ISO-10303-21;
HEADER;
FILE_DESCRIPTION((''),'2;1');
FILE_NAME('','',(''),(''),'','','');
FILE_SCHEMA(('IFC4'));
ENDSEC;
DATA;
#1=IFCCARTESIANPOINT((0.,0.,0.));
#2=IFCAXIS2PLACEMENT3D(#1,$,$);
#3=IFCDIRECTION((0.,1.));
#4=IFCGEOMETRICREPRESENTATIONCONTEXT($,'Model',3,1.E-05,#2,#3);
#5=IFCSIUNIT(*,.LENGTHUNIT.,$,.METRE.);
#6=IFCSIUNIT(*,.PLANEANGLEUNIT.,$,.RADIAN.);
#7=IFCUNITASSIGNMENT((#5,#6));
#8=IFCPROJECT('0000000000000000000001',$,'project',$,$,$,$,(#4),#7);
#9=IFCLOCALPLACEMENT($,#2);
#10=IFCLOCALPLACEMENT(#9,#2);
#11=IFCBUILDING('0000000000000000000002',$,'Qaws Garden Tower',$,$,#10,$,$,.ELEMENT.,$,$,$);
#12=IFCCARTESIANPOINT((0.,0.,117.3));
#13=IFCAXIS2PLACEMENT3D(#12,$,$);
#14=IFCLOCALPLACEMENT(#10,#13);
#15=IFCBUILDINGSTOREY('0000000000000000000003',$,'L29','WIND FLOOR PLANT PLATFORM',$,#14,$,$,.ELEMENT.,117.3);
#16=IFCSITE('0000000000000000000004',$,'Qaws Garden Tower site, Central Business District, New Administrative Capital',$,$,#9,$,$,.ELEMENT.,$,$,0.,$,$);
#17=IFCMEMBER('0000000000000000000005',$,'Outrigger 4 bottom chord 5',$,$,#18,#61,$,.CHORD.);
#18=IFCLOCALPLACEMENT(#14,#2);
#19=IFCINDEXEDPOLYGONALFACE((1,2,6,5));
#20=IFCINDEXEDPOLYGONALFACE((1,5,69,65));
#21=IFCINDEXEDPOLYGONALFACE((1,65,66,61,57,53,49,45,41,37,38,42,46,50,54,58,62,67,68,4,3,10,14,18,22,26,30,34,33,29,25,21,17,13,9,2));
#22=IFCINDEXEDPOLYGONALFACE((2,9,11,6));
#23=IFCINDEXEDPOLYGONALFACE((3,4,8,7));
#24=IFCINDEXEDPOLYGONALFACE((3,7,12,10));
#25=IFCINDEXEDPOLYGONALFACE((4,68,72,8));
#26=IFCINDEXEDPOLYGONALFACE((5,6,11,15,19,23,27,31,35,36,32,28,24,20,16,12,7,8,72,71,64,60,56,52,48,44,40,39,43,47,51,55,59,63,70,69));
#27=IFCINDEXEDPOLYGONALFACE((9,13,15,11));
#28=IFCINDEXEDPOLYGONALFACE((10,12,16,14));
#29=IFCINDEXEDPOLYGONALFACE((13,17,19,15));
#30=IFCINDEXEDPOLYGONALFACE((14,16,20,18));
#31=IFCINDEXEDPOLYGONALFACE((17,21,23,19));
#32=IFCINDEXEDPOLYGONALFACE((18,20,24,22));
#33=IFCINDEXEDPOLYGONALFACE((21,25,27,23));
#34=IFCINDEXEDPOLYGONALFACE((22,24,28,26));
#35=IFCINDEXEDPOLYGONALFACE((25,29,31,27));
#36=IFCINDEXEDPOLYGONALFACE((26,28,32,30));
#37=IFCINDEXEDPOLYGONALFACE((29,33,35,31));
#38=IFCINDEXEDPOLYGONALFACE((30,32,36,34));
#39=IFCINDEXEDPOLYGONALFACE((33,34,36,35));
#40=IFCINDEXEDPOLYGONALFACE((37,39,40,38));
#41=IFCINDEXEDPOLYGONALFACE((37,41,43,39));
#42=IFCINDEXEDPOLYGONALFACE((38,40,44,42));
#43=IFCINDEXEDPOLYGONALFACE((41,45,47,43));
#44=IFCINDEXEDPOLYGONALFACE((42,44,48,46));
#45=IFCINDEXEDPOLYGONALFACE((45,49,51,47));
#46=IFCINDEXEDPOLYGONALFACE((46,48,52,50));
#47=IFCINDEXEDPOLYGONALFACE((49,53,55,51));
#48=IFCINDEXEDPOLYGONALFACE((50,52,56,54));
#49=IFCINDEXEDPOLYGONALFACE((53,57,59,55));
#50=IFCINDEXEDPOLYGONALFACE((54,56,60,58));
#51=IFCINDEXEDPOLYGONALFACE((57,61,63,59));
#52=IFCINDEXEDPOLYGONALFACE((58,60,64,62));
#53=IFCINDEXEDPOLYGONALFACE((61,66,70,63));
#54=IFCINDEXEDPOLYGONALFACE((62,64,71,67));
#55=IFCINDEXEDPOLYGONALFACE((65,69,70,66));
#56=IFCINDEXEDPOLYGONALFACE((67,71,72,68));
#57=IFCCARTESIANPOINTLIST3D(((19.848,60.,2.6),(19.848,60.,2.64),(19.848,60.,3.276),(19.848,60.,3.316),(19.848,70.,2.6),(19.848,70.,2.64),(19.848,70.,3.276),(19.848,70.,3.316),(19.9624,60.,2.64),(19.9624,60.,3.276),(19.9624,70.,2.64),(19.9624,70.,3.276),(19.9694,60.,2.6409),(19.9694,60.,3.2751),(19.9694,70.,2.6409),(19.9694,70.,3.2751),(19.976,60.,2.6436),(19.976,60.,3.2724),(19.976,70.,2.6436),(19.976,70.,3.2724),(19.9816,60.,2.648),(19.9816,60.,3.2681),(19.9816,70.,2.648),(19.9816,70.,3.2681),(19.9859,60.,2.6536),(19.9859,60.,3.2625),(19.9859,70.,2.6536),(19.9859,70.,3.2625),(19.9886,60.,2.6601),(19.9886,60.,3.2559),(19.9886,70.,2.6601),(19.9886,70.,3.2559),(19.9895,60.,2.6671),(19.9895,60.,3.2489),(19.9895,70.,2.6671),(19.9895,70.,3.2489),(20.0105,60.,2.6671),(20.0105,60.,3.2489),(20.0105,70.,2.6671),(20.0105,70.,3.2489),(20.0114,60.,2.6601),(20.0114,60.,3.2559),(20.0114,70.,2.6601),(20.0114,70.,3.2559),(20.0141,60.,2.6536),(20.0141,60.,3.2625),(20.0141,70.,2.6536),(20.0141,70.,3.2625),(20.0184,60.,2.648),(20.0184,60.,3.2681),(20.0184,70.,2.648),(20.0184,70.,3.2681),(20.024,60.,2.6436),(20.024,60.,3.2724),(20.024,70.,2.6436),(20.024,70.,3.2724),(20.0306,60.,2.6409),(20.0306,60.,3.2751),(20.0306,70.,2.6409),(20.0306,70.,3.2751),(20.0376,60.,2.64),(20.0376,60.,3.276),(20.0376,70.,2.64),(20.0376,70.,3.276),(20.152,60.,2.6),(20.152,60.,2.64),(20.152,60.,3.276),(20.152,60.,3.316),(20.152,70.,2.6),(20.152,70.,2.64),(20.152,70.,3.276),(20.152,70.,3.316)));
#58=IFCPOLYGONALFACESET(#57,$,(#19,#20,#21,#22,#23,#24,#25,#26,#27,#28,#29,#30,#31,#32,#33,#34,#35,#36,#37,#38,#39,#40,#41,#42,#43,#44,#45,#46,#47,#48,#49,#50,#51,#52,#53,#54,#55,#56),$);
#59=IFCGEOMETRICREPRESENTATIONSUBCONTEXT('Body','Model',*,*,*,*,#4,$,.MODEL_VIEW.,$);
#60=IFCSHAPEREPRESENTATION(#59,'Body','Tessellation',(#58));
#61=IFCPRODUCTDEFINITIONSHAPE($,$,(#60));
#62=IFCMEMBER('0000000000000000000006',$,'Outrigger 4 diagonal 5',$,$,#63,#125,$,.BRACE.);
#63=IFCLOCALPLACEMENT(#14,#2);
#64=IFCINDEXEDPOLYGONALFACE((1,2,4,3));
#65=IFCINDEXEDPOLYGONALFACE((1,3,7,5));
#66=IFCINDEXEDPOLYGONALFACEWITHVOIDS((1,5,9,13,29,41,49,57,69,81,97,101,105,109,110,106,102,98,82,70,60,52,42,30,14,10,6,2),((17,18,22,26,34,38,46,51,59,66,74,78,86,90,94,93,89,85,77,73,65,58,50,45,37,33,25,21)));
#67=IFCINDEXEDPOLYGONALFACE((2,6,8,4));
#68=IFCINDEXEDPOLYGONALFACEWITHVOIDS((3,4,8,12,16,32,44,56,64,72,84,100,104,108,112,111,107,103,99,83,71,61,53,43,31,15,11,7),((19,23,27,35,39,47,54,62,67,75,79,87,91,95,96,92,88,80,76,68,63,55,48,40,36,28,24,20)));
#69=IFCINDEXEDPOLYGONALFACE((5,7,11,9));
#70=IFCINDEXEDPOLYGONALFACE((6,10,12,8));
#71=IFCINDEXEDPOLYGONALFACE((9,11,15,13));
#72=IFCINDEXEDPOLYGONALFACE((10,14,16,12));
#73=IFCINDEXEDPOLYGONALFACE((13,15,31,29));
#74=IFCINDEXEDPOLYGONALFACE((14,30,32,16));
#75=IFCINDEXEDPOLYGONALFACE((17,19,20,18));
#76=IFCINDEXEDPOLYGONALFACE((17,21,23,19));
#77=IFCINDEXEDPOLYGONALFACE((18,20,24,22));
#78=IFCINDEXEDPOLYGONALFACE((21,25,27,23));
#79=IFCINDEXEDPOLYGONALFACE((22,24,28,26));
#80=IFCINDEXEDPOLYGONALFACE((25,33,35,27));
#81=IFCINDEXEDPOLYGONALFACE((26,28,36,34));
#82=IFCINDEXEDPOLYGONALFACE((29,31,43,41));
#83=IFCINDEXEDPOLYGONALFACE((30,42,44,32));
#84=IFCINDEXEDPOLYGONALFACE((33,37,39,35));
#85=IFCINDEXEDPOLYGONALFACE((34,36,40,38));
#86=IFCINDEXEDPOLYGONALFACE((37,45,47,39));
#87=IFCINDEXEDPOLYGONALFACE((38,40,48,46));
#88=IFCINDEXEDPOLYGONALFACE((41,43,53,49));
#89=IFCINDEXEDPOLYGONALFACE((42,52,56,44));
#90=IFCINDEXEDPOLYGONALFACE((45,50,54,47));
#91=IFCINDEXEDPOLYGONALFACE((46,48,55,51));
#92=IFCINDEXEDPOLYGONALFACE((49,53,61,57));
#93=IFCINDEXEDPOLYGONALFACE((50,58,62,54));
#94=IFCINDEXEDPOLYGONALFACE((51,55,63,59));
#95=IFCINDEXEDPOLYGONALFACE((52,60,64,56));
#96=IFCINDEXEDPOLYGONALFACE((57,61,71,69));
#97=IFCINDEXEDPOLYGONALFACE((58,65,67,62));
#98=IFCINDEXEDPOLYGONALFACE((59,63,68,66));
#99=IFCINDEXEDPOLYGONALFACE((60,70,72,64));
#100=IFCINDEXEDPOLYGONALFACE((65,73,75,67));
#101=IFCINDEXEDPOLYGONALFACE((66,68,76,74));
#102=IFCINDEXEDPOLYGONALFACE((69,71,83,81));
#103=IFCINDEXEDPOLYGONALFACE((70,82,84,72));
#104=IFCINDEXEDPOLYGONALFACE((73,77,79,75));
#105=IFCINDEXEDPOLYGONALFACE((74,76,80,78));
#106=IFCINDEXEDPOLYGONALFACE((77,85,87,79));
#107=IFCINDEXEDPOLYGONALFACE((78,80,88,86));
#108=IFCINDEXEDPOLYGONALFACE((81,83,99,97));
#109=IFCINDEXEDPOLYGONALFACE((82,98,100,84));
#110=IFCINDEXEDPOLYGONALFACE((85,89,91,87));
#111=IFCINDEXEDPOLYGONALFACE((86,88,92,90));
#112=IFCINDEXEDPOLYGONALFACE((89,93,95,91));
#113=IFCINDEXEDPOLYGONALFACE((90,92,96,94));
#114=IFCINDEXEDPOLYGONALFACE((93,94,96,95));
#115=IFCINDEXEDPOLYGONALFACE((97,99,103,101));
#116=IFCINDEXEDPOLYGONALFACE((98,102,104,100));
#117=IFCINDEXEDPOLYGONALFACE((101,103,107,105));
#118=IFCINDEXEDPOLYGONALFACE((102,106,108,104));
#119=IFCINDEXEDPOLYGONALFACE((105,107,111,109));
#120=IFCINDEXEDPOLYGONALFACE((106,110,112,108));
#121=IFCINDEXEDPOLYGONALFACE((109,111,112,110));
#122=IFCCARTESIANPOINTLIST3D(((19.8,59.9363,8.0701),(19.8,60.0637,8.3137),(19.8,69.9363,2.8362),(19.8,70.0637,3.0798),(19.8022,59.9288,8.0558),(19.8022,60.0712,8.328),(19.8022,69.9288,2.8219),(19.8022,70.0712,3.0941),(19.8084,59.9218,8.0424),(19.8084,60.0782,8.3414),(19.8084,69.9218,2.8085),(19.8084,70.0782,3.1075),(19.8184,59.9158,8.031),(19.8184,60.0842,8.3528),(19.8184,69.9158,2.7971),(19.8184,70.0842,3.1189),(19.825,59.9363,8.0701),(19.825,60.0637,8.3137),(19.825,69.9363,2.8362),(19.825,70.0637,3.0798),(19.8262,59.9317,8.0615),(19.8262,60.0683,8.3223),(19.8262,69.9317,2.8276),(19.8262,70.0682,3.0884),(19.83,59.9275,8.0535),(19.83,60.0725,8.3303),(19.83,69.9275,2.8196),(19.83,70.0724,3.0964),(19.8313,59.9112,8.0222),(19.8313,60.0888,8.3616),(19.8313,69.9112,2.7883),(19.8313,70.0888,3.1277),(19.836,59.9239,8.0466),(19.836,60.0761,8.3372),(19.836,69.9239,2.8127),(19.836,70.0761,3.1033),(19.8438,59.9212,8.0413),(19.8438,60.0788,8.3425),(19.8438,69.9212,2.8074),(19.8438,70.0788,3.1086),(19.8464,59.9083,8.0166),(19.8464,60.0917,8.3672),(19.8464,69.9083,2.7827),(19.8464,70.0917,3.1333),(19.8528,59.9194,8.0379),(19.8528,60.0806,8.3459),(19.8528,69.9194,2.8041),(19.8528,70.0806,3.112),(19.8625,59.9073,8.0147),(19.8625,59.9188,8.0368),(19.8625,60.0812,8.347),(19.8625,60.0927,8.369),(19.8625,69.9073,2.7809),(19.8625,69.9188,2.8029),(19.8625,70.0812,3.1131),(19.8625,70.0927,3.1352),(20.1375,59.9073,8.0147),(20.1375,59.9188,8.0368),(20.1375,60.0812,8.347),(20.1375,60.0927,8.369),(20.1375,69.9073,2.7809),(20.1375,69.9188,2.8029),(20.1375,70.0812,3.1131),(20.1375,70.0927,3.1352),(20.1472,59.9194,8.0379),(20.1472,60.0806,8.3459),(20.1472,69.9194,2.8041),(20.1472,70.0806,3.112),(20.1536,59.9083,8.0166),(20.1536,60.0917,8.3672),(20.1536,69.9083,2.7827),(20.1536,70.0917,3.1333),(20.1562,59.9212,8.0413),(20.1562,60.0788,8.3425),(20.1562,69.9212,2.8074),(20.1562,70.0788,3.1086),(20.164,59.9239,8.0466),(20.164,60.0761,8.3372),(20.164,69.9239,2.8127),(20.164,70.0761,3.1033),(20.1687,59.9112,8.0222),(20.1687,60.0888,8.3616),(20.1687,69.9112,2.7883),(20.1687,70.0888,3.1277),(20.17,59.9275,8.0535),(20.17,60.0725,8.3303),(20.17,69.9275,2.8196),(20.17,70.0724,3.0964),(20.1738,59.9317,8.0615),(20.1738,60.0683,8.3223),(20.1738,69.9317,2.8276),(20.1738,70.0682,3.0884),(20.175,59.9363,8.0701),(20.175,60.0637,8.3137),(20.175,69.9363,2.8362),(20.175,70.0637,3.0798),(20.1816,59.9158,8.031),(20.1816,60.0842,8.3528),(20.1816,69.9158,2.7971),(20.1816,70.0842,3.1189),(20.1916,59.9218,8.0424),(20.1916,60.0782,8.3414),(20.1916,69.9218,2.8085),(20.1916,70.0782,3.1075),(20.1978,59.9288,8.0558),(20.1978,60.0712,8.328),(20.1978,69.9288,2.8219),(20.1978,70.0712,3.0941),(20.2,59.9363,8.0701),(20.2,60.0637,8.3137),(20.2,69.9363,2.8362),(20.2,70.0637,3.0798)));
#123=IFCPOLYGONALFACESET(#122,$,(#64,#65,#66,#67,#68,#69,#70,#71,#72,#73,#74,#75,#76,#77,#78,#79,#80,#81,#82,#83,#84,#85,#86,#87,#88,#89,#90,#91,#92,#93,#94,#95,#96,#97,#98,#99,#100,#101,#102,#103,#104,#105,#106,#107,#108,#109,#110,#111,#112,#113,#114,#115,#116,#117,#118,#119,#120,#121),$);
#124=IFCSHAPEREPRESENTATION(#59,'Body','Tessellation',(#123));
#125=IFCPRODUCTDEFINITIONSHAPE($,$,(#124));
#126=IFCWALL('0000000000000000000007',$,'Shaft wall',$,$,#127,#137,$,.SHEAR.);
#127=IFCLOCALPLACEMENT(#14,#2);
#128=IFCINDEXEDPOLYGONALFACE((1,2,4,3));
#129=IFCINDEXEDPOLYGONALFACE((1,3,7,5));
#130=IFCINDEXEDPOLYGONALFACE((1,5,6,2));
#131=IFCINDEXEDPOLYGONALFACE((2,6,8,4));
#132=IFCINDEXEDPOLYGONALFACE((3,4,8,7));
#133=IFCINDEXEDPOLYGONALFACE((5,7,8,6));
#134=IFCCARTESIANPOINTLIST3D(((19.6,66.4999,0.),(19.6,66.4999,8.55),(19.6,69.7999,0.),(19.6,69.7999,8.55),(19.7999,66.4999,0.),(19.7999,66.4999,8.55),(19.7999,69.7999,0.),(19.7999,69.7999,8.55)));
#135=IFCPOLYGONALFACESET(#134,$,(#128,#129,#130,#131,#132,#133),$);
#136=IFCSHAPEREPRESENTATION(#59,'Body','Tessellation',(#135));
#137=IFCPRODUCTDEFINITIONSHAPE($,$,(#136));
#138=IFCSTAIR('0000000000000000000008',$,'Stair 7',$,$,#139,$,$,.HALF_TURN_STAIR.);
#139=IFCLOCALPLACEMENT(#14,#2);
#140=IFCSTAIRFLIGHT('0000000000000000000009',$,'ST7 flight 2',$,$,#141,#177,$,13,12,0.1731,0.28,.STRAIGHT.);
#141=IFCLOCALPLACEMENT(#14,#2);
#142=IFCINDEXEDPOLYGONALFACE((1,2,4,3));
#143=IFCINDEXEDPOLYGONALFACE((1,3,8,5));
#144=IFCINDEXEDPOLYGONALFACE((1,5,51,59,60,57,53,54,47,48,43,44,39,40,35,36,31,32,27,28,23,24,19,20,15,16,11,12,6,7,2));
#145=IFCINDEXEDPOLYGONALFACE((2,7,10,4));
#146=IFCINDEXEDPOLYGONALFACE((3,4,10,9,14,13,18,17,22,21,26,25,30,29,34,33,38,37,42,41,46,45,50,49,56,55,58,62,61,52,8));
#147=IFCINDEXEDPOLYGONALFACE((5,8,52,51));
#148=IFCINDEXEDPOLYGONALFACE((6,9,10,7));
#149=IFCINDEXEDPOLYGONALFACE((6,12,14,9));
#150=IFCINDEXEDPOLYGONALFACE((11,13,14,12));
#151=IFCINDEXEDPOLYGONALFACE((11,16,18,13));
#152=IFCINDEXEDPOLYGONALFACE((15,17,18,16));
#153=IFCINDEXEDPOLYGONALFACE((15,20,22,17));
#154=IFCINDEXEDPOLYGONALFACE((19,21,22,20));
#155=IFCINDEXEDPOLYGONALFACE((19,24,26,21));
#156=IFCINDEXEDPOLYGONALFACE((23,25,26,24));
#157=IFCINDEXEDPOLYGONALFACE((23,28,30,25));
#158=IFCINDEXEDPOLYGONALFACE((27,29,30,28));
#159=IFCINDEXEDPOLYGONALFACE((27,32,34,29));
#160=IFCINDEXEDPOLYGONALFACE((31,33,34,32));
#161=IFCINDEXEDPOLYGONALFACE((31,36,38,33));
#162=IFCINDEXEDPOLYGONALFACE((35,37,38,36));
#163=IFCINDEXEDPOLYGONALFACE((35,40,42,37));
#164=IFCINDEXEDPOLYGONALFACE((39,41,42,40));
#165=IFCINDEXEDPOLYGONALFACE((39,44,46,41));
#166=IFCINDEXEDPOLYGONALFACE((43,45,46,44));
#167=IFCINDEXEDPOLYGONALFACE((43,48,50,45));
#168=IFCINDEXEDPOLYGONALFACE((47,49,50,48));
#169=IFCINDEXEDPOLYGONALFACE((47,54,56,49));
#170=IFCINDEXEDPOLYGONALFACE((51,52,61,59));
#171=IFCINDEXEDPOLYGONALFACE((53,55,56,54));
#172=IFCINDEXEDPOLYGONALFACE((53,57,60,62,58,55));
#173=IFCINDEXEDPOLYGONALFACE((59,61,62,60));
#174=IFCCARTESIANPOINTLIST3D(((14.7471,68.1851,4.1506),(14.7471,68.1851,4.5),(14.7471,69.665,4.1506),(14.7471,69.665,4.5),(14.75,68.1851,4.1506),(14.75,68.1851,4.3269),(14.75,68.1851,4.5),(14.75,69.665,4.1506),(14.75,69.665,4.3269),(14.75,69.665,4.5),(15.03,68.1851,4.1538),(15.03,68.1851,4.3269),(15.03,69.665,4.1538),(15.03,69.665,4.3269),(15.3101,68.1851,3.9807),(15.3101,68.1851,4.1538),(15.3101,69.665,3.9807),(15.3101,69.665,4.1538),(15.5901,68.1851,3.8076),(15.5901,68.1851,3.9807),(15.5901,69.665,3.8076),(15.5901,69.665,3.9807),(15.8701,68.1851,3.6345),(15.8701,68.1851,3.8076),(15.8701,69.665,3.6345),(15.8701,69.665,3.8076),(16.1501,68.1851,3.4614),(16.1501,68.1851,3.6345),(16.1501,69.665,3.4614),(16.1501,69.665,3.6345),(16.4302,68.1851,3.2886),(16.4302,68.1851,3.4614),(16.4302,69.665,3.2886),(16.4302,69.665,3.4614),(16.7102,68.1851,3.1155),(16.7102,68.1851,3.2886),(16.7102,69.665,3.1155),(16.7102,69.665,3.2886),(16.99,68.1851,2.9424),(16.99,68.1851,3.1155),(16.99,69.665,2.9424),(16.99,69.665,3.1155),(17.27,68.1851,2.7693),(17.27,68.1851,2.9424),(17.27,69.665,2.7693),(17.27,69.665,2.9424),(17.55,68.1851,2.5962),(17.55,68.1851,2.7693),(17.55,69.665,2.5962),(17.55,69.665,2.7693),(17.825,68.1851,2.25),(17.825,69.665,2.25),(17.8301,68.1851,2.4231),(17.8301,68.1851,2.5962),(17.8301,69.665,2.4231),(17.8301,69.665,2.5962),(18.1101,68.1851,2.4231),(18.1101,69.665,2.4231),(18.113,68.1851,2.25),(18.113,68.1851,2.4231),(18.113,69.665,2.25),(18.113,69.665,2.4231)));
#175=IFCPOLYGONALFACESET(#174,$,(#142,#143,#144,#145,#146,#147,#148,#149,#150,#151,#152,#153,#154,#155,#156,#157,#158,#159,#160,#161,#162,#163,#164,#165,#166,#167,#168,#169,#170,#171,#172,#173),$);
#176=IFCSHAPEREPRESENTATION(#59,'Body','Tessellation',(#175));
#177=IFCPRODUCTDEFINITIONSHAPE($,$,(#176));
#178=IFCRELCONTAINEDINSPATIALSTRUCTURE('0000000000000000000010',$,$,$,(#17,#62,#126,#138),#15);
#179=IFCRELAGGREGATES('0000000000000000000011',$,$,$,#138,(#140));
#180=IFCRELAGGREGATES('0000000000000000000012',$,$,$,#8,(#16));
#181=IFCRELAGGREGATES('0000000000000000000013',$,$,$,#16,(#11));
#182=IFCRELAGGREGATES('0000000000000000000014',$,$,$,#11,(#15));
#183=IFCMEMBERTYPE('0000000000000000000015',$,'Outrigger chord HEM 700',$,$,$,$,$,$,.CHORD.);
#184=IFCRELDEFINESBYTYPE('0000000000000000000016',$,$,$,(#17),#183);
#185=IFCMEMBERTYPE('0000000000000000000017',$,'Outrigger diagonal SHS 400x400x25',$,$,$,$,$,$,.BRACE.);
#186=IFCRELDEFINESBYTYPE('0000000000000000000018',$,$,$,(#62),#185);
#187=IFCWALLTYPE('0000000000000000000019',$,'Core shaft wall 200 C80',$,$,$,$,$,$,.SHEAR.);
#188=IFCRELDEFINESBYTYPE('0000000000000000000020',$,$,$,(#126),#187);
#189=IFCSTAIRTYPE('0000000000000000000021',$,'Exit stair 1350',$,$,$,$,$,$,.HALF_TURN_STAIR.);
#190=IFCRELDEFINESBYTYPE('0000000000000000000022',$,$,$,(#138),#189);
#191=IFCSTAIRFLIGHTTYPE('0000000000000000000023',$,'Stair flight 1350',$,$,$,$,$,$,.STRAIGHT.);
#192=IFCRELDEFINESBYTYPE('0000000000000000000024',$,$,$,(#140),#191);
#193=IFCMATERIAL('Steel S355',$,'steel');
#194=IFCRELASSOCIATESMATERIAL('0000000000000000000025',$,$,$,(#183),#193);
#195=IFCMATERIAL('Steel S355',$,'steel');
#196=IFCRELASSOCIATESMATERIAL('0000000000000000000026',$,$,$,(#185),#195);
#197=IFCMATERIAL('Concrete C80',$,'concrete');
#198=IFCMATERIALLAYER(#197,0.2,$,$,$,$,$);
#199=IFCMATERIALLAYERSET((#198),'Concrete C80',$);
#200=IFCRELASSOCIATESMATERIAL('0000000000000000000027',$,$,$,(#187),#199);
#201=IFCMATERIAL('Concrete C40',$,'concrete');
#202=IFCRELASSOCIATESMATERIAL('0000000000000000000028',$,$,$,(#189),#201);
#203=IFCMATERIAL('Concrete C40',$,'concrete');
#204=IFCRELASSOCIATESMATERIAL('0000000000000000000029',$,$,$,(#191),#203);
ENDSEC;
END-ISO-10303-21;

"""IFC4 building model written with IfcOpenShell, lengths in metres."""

from ifc_helpers import new_model, si_unit, direction, frame, frame_2d, origin, origin_2d, place, context, subcontext, project, spatial, polyline, rectangle, hollow_rectangle, i_section, outline, extrude, material, layer, layer_set, material_profile, profile_set, type_object, element, aggregate, save


model = new_model("IFC4")

# Units and contexts
model_context = context("Model", 3, precision=1e-05, world=origin(), true_north=direction((0.0, 1.0)))
body_context = subcontext(model_context, "Body", "Model", "MODEL_VIEW")
ifc_project = project(units=[si_unit("LENGTHUNIT", "METRE"), si_unit("PLANEANGLEUNIT", "RADIAN")], contexts=[model_context])

# Site, building, storey
site_placement = place(None, origin())
site = spatial("IfcSite", under=ifc_project, at=site_placement, Name="Qaws Garden Tower site, Central Business District, New Administrative Capital", CompositionType="ELEMENT", RefElevation=0.0)
building_placement = place(site_placement, origin())
building = spatial("IfcBuilding", under=site, at=building_placement, Name="Qaws Garden Tower", CompositionType="ELEMENT")
storey_placement = place(building_placement, frame((0.0, 0.0, 117.3)))
storey = spatial("IfcBuildingStorey", under=building, at=storey_placement, Name="L29", Description="WIND FLOOR PLANT PLATFORM", CompositionType="ELEMENT", Elevation=117.3)

# Members
ifc_material_1 = material(Name="Steel S355", Category="steel")
ifc_material_profile_1 = material_profile(ifc_material_1, i_section(OverallWidth=0.304, OverallDepth=0.7161, WebThickness=0.021, FlangeThickness=0.04, FilletRadius=0.0271, at=origin_2d()), Name="HEM 700")
ifc_profile_set_1 = profile_set([ifc_material_profile_1], Name="Steel S355")
member_type_1 = type_object("IfcMemberType", Name="Outrigger chord HEM 700", PredefinedType="CHORD", material=ifc_profile_set_1)
for number, where, z_axis, x_axis, name in (
    (1, (20.0, 60.0, 2.958), (0.0, 1.0, 0.0), (-1.0, 0.0, 0.0), "Outrigger 4 bottom chord 5"),
):
    element("IfcMember", number, at=place(storey_placement, frame(where, z_axis=z_axis, x_axis=x_axis)), inside=storey, type_object=member_type_1, Name=name, PredefinedType="CHORD", context=body_context, shape_type="SweptSolid", body=[
        extrude(i_section(OverallWidth=0.304, OverallDepth=0.7161, WebThickness=0.021, FlangeThickness=0.04, FilletRadius=0.0271, at=origin_2d()), origin(), (0.0, 0.0, 1.0), 10.0),
    ])
ifc_material_2 = material(Name="Steel S355", Category="steel")
ifc_material_profile_2 = material_profile(ifc_material_2, hollow_rectangle(XDim=0.3999, YDim=0.3999, WallThickness=0.0249, InnerFilletRadius=0.0376, OuterFilletRadius=0.0625, at=origin_2d()), Name="SHS 400x400x25")
ifc_profile_set_2 = profile_set([ifc_material_profile_2], Name="Steel S355")
member_type_2 = type_object("IfcMemberType", Name="Outrigger diagonal SHS 400x400x25", PredefinedType="BRACE", material=ifc_profile_set_2)
member_1_placement = place(storey_placement, frame((20.0, 60.0, 8.1919), z_axis=(0.0, 0.885985, -0.463714), x_axis=(-1.0, 0.0, 0.0)))
element("IfcMember", 2, at=member_1_placement, inside=storey, type_object=member_type_2, Name="Outrigger 4 diagonal 5", PredefinedType="BRACE", context=body_context, shape_type="SweptSolid", body=[
    extrude(hollow_rectangle(XDim=0.3999, YDim=0.3999, WallThickness=0.0249, InnerFilletRadius=0.0376, OuterFilletRadius=0.0625, at=origin_2d()), origin(), (0.0, 0.0, 1.0), 11.2869),
])

# Wall
ifc_material_3 = material(Name="Concrete C80", Category="concrete")
ifc_layer = layer(ifc_material_3, 0.2)
ifc_layer_set = layer_set([ifc_layer], Name="Concrete C80")
wall_type = type_object("IfcWallType", Name="Core shaft wall 200 C80", PredefinedType="SHEAR", material=ifc_layer_set)
wall_placement = place(storey_placement, frame((19.7, 66.5, 0.0), z_axis=(0.0, 0.0, 1.0), x_axis=(0.0, 1.0, 0.0)))
element("IfcWall", 3, at=wall_placement, inside=storey, type_object=wall_type, Name="Shaft wall", PredefinedType="SHEAR", context=body_context, shape_type="SweptSolid", body=[
    extrude(rectangle(XDim=3.3, YDim=0.2, at=frame_2d((1.6499, 0.0))), origin(), (0.0, 0.0, 1.0), 8.55),
])

# Stair, stair flight
ifc_material_4 = material(Name="Concrete C40", Category="concrete")
stair_type = type_object("IfcStairType", Name="Exit stair 1350", PredefinedType="HALF_TURN_STAIR", material=ifc_material_4)
stair_placement = place(storey_placement, origin())
stair = element("IfcStair", 4, at=stair_placement, inside=storey, type_object=stair_type, Name="Stair 7", PredefinedType="HALF_TURN_STAIR")
ifc_material_5 = material(Name="Concrete C40", Category="concrete")
stair_flight_type = type_object("IfcStairFlightType", Name="Stair flight 1350", PredefinedType="STRAIGHT", material=ifc_material_5)
stair_flight_1_placement = place(storey_placement, frame((18.1101, 68.925, 2.25), z_axis=(0.0, 0.0, 1.0), x_axis=(-1.0, 0.0, 0.0)))
stair_flight_1 = element("IfcStairFlight", 5, at=stair_flight_1_placement, type_object=stair_flight_type, Name="ST7 flight 2", NumberOfRisers=13, NumberOfTreads=12, PredefinedType="STRAIGHT", RiserHeight=0.1731, TreadLength=0.28, context=body_context, shape_type="SweptSolid", body=[
    extrude(outline(polyline([(-0.0029, 0.0), (-0.0029, 0.1731), (0.0, 0.1731), (0.28, 0.1731), (0.28, 0.3462), (0.5601, 0.3462), (0.5601, 0.5193), (0.8401, 0.5193), (0.8401, 0.6924), (1.1201, 0.6924), (1.1201, 0.8655), (1.3999, 0.8655), (1.3999, 1.0386), (1.6799, 1.0386), (1.6799, 1.2114), (1.96, 1.2114), (1.96, 1.3845), (2.24, 1.3845), (2.24, 1.5576), (2.52, 1.5576), (2.52, 1.7307), (2.8, 1.7307), (2.8, 1.9038), (3.0801, 1.9038), (3.0801, 2.0769), (3.3601, 2.0769), (3.3601, 2.25), (3.363, 2.25), (3.363, 1.9006), (3.3601, 1.9006), (0.2852, 0.0), (-0.0029, 0.0)])), frame((0.0, 0.74, 0.0), z_axis=(0.0, -1.0, 0.0), x_axis=(1.0, 0.0, 0.0)), (0.0, 0.0, 1.0), 1.48),
])
aggregate(stair, [stair_flight_1])

save(model, "model.ifc")
